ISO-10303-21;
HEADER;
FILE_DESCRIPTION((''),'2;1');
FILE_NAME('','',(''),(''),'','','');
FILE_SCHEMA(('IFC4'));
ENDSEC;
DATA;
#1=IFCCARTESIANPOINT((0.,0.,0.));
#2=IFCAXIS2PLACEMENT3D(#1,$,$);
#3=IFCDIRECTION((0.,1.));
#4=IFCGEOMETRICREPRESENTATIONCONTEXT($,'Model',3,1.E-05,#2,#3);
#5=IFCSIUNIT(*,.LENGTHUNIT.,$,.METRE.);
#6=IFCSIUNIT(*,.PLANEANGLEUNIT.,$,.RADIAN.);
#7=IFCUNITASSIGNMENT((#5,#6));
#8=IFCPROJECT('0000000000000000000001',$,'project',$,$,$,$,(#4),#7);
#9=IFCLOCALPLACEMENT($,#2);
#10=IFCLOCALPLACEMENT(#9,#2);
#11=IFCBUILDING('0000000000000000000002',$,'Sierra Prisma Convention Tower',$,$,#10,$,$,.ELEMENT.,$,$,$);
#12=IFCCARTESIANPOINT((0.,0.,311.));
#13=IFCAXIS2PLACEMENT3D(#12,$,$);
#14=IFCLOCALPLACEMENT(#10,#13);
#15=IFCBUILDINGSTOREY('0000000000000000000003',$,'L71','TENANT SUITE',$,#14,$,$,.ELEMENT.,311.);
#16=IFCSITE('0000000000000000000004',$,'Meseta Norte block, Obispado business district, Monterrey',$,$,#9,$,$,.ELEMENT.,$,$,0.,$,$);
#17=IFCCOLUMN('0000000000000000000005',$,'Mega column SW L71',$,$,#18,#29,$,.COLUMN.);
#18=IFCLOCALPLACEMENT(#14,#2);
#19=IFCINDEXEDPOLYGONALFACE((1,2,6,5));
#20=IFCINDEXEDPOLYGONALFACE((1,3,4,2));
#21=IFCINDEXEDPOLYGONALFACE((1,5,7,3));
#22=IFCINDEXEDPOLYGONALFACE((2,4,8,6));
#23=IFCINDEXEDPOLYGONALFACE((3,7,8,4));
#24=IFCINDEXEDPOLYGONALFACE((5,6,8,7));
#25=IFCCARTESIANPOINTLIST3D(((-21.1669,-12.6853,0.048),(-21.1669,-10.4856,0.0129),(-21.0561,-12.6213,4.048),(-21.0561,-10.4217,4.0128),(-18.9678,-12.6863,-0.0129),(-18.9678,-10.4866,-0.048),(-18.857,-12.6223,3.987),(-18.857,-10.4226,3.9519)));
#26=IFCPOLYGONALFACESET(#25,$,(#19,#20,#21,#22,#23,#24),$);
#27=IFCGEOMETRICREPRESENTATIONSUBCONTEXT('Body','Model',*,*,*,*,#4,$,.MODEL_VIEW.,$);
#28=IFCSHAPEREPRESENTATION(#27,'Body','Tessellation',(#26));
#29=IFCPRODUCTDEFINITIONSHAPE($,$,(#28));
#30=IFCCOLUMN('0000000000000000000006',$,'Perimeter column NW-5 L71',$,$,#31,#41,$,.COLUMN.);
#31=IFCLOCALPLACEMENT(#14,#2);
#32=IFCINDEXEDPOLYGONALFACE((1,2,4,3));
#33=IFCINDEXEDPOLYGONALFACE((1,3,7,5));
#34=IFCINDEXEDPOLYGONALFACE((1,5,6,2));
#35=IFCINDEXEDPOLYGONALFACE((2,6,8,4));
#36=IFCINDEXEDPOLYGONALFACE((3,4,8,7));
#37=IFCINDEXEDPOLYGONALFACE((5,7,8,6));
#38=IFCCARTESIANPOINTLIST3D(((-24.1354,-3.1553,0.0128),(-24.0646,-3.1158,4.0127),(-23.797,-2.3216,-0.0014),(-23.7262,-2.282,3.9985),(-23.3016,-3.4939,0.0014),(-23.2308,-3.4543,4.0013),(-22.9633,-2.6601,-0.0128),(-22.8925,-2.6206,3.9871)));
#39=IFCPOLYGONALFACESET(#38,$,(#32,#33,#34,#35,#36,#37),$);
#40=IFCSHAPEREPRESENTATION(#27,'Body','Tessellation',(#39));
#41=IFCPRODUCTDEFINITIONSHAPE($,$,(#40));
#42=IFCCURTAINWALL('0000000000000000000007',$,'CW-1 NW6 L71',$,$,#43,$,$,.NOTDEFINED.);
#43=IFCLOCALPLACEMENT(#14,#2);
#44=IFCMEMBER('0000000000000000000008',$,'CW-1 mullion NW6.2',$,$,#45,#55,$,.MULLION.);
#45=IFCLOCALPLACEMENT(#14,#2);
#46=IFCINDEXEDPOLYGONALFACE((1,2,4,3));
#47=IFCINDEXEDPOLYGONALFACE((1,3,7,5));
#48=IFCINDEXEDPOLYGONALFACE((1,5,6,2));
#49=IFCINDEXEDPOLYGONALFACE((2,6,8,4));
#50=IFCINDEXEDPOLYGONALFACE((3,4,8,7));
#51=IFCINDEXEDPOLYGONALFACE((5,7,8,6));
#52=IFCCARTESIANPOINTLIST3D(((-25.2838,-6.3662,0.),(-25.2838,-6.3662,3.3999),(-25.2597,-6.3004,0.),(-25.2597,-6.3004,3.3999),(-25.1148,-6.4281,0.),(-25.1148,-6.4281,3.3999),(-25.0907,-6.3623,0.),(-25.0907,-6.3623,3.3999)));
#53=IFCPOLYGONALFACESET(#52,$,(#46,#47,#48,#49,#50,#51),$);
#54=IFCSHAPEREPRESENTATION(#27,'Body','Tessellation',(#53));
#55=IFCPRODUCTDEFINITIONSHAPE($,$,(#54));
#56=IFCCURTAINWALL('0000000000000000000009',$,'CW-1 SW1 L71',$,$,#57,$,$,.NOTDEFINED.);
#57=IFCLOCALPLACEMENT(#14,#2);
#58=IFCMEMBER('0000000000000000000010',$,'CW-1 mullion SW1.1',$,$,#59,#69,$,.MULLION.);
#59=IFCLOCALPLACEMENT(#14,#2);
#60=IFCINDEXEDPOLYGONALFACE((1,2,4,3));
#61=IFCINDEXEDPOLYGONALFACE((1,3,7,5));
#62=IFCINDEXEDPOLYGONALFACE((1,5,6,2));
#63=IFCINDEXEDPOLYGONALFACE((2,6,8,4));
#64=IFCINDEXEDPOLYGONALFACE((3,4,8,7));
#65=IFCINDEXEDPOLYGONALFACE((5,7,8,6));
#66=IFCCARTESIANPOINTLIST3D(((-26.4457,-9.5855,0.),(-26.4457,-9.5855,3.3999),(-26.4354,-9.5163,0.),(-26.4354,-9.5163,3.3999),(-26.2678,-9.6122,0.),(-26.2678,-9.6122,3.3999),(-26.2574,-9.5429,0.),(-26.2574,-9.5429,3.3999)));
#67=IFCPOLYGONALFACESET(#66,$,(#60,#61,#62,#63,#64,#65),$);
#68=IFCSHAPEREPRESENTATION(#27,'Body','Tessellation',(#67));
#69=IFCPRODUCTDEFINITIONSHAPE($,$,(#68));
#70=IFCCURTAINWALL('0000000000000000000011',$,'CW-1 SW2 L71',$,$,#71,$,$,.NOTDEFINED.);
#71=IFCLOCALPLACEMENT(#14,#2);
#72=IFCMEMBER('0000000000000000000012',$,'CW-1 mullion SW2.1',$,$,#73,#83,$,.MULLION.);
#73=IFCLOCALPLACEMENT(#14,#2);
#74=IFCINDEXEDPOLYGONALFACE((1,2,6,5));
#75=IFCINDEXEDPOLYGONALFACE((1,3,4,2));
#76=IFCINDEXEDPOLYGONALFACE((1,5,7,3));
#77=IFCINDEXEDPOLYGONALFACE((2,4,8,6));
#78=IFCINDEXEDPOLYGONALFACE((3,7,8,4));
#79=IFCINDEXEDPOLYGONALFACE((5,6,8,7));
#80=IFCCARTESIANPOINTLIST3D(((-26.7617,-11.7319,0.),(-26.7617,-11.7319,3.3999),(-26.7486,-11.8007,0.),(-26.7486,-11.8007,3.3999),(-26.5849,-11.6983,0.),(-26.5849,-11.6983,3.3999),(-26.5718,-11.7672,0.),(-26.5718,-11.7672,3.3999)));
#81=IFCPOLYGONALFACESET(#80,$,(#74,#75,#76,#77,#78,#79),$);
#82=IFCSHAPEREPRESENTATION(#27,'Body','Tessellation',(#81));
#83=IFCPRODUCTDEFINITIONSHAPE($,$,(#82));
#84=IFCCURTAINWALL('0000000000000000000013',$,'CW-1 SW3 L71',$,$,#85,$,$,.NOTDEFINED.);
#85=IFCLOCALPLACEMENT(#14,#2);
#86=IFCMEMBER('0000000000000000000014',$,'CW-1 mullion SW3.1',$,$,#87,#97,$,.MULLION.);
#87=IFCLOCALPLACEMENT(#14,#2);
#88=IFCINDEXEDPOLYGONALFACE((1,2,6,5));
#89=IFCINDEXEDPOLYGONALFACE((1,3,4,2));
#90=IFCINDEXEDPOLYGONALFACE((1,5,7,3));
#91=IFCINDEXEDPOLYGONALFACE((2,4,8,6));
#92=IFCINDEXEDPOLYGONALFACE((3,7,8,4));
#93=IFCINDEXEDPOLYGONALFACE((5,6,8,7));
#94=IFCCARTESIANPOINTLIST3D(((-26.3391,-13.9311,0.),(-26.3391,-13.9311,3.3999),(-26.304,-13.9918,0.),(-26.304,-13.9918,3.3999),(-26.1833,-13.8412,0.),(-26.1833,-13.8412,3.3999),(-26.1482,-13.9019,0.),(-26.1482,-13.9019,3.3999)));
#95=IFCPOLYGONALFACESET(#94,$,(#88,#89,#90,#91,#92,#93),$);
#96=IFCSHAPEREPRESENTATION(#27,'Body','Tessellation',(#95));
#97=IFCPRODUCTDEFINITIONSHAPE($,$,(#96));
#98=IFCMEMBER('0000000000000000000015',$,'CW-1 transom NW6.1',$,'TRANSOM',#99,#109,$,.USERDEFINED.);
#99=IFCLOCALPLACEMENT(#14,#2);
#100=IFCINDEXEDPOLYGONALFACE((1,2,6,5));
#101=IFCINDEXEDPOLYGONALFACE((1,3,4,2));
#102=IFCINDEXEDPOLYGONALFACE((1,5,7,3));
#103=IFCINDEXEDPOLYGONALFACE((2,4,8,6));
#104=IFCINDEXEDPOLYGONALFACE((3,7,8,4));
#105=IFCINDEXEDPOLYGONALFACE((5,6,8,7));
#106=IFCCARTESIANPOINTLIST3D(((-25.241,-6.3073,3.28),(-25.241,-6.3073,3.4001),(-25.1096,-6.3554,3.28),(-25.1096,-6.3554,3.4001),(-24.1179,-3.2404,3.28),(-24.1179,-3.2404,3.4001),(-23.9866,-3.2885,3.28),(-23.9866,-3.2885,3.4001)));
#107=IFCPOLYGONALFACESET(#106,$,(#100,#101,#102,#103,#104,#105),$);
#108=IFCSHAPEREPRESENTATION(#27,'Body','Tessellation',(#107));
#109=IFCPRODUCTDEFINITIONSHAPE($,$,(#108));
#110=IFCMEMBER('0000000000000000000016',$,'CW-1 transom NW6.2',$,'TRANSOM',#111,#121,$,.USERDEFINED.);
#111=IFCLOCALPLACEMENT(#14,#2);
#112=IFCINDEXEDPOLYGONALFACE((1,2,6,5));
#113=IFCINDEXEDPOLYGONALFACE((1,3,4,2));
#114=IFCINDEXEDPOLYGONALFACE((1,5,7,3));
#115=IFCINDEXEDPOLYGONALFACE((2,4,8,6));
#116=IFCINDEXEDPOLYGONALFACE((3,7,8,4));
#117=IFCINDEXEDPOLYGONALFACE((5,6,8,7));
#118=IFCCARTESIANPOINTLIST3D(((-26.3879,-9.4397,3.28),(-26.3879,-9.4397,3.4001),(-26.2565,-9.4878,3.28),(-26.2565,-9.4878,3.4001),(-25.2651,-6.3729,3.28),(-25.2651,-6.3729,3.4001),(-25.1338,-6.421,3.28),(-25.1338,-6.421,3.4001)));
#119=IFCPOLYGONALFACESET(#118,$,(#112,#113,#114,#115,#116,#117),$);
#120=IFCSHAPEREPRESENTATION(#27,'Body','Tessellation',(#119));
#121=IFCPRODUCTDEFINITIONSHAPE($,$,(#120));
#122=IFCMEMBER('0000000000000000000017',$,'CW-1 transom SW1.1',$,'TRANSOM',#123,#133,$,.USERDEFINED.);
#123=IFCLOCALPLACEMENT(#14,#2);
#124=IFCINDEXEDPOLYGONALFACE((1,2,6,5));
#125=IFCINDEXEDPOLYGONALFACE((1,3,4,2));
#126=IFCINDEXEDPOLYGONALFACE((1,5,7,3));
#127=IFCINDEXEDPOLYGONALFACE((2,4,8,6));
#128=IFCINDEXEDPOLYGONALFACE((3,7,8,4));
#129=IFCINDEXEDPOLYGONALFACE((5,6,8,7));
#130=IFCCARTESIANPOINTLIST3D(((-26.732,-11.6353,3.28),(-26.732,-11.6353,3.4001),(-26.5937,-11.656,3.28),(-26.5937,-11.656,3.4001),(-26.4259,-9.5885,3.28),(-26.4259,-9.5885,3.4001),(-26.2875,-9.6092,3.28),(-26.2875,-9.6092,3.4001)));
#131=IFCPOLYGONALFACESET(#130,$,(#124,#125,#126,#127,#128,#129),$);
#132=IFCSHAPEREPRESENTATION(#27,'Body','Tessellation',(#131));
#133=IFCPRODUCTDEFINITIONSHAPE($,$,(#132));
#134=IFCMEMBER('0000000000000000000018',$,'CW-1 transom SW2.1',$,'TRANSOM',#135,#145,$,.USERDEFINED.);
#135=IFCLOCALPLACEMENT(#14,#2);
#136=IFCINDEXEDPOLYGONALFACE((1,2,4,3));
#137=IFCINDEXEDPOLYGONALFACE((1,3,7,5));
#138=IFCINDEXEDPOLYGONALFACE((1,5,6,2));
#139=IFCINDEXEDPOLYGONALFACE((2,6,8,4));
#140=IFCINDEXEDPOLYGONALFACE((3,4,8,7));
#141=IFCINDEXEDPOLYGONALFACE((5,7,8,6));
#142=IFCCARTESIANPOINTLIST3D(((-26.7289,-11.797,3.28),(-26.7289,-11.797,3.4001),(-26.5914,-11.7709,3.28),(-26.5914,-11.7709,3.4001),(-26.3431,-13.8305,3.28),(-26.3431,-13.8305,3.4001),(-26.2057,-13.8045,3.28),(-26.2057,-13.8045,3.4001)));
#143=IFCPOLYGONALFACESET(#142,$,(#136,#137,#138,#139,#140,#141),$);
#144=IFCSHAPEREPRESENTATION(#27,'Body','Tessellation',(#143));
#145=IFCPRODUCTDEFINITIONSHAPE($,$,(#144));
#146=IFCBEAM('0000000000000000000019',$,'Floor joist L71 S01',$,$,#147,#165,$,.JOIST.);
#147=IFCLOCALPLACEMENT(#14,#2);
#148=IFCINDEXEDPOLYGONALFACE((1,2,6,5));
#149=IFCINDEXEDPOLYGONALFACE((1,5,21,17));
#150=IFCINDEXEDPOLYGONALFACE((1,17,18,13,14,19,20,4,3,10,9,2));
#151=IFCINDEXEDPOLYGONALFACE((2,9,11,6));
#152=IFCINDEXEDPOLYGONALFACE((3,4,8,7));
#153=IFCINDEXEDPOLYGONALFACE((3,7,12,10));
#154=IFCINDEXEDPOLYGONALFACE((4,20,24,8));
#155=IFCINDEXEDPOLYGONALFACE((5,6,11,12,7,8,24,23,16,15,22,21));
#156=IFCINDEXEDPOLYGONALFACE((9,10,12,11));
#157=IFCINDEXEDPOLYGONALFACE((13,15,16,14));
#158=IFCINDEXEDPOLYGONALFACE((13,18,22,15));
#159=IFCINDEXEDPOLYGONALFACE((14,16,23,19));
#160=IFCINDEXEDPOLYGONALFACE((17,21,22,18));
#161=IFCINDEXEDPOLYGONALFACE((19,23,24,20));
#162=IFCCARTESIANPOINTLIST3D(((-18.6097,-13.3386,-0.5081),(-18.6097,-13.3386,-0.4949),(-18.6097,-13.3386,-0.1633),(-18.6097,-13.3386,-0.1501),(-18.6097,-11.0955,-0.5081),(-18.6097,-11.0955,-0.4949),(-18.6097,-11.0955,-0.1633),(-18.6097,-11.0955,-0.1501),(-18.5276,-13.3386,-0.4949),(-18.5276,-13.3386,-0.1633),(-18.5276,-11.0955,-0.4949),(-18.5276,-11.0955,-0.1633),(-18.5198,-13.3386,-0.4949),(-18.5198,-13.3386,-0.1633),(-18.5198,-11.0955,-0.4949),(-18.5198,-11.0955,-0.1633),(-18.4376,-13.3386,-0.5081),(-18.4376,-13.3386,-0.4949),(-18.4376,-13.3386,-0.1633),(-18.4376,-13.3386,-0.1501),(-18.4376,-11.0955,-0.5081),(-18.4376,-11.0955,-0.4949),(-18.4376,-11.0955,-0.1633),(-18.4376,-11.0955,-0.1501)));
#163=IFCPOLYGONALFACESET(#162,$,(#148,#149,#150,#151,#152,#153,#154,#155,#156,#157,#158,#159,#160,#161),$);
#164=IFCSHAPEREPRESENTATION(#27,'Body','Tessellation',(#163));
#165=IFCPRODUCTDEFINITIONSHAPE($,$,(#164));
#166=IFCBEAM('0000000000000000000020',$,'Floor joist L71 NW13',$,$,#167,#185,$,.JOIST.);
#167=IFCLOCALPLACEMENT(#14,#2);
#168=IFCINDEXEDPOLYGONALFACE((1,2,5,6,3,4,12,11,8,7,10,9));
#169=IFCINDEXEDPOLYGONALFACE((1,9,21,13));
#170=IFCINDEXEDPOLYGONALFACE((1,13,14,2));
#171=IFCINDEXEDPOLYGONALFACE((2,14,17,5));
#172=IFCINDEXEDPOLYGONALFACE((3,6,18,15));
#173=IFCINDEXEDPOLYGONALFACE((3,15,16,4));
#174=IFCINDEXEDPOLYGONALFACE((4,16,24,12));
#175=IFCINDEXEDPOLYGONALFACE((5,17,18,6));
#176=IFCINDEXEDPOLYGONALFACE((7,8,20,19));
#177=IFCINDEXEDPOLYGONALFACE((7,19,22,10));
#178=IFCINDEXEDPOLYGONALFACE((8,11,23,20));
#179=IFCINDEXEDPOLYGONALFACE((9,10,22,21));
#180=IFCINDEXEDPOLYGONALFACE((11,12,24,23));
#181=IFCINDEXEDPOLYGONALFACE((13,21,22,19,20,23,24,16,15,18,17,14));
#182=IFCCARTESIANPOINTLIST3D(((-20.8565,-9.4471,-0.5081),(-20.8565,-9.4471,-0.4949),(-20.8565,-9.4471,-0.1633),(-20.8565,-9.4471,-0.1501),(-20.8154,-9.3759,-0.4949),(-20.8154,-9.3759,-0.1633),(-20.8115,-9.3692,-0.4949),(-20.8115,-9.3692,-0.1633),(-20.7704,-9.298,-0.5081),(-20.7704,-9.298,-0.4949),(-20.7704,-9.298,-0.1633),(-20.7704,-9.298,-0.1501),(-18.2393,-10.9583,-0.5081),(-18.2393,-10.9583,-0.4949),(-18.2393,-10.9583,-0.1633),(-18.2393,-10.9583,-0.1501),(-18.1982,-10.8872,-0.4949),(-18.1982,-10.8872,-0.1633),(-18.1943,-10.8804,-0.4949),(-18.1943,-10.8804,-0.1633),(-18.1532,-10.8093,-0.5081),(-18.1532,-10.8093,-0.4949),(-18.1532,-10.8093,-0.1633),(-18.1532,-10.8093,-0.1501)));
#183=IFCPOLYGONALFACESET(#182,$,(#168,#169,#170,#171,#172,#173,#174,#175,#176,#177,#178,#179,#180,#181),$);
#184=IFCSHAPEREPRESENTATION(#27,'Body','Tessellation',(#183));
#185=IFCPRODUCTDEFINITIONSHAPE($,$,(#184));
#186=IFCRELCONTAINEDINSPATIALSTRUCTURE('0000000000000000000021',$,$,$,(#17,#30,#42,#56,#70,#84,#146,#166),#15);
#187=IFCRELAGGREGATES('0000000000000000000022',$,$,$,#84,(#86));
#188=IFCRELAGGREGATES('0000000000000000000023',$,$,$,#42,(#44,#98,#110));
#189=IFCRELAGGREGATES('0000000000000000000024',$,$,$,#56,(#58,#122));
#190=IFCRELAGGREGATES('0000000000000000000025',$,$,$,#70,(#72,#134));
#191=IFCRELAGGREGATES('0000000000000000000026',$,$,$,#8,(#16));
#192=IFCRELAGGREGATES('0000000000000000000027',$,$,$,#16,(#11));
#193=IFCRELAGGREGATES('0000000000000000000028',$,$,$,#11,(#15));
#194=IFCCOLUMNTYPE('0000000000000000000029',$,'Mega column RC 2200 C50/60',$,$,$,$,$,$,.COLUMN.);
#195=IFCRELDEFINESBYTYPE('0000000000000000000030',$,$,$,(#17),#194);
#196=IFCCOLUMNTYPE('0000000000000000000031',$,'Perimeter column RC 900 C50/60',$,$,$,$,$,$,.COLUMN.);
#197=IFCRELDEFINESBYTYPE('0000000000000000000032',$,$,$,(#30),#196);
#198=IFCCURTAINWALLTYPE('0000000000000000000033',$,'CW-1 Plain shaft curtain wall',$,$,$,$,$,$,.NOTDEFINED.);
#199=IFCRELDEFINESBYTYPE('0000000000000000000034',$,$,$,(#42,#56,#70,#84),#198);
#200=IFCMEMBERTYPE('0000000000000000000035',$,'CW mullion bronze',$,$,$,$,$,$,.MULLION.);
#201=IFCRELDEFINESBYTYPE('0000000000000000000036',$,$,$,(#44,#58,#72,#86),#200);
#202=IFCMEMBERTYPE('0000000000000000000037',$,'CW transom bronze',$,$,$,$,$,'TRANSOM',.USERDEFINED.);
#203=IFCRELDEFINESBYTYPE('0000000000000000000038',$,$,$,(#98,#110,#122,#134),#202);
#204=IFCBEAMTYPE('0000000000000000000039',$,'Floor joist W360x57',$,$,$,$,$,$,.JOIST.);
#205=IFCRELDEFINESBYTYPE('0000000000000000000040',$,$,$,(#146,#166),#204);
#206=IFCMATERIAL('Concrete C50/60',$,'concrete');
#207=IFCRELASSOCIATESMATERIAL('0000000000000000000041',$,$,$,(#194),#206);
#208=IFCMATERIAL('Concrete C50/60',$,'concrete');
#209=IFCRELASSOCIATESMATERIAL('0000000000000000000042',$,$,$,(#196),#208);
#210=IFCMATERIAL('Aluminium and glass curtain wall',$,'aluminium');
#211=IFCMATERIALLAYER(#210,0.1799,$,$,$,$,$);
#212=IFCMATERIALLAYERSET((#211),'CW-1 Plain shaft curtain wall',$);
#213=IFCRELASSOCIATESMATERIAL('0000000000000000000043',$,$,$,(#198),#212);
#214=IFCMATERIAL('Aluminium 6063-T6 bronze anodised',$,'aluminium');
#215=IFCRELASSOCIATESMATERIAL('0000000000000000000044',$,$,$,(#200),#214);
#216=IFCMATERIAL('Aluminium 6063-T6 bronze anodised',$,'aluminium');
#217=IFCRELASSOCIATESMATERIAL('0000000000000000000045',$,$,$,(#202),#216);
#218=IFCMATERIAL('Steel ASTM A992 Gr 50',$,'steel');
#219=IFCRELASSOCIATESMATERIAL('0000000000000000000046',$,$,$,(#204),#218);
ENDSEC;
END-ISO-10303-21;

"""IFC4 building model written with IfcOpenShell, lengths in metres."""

from ifc_helpers import new_model, si_unit, direction, frame, origin, origin_2d, place, context, subcontext, project, spatial, rectangle, i_section, extrude, material, layer, layer_set, material_profile, profile_set, type_object, element, aggregate, save


model = new_model("IFC4")

# Units and contexts
model_context = context("Model", 3, precision=1e-05, world=origin(), true_north=direction((0.0, 1.0)))
body_context = subcontext(model_context, "Body", "Model", "MODEL_VIEW")
ifc_project = project(units=[si_unit("LENGTHUNIT", "METRE"), si_unit("PLANEANGLEUNIT", "RADIAN")], contexts=[model_context])

# Site, building, storey
site_placement = place(None, origin())
site = spatial("IfcSite", under=ifc_project, at=site_placement, Name="Meseta Norte block, Obispado business district, Monterrey", CompositionType="ELEMENT", RefElevation=0.0)
building_placement = place(site_placement, origin())
building = spatial("IfcBuilding", under=site, at=building_placement, Name="Sierra Prisma Convention Tower", CompositionType="ELEMENT")
storey_placement = place(building_placement, frame((0.0, 0.0, 311.0)))
storey = spatial("IfcBuildingStorey", under=building, at=storey_placement, Name="L71", Description="TENANT SUITE", CompositionType="ELEMENT", Elevation=311.0)

# Columns
ifc_material_1 = material(Name="Concrete C50/60", Category="concrete")
ifc_material_profile_1 = material_profile(ifc_material_1, rectangle(XDim=2.2, YDim=2.2, at=origin_2d()), Name="Mega column RC 2200 C50/60")
ifc_profile_set_1 = profile_set([ifc_material_profile_1], Name="Concrete C50/60")
column_type_1 = type_object("IfcColumnType", Name="Mega column RC 2200 C50/60", PredefinedType="COLUMN", material=ifc_profile_set_1)
column_1_placement = place(storey_placement, frame((-20.0674, -11.5859, 0.0), z_axis=(0.027696, 0.015983, 0.999489), x_axis=(0.999616, -0.000443, -0.027692)))
element("IfcColumn", 1, at=column_1_placement, inside=storey, type_object=column_type_1, Name="Mega column SW L71", PredefinedType="COLUMN", context=body_context, shape_type="SweptSolid", body=[
    extrude(rectangle(XDim=2.2, YDim=2.2, at=origin_2d()), origin(), (0.0, 0.0, 1.0), 4.002),
])
ifc_material_2 = material(Name="Concrete C50/60", Category="concrete")
ifc_material_profile_2 = material_profile(ifc_material_2, rectangle(XDim=0.8999, YDim=0.8999, at=origin_2d()), Name="Perimeter column RC 900 C50/60")
ifc_profile_set_2 = profile_set([ifc_material_profile_2], Name="Concrete C50/60")
column_type_2 = type_object("IfcColumnType", Name="Perimeter column RC 900 C50/60", PredefinedType="COLUMN", material=ifc_profile_set_2)
column_2_placement = place(storey_placement, frame((-23.5493, -2.9077, 0.0), z_axis=(0.017697, 0.009886, 0.999795), x_axis=(0.375989, 0.926489, -0.015816)))
element("IfcColumn", 2, at=column_2_placement, inside=storey, type_object=column_type_2, Name="Perimeter column NW-5 L71", PredefinedType="COLUMN", context=body_context, shape_type="SweptSolid", body=[
    extrude(rectangle(XDim=0.8999, YDim=0.8999, at=origin_2d()), origin(), (0.0, 0.0, 1.0), 4.0007),
])

# Curtain walls, members
ifc_material_3 = material(Name="Aluminium and glass curtain wall", Category="aluminium")
ifc_layer_1 = layer(ifc_material_3, 0.1799)
ifc_layer_set_1 = layer_set([ifc_layer_1], Name="CW-1 Plain shaft curtain wall")
curtain_wall_type = type_object("IfcCurtainWallType", Name="CW-1 Plain shaft curtain wall", PredefinedType="NOTDEFINED", material=ifc_layer_set_1)
curtain_wall_1_placement = place(storey_placement, origin())
curtain_wall_1 = element("IfcCurtainWall", 3, at=curtain_wall_1_placement, inside=storey, type_object=curtain_wall_type, Name="CW-1 NW6 L71", PredefinedType="NOTDEFINED")
ifc_material_4 = material(Name="Aluminium 6063-T6 bronze anodised", Category="aluminium")
ifc_material_profile_3 = material_profile(ifc_material_4, rectangle(XDim=0.1799, YDim=0.0701, at=origin_2d()), Name="ALU MULLION 70x180")
ifc_profile_set_3 = profile_set([ifc_material_profile_3], Name="Aluminium 6063-T6 bronze anodised")
member_type_1 = type_object("IfcMemberType", Name="CW mullion bronze", PredefinedType="MULLION", material=ifc_profile_set_3)
member_1_placement = place(storey_placement, frame((-25.1873, -6.3643, 0.0), z_axis=(0.0, 0.0, 1.0), x_axis=(0.939026, -0.343847, 0.0)))
member_1 = element("IfcMember", 4, at=member_1_placement, type_object=member_type_1, Name="CW-1 mullion NW6.2", PredefinedType="MULLION", context=body_context, shape_type="SweptSolid", body=[
    extrude(rectangle(XDim=0.1799, YDim=0.0701, at=origin_2d()), origin(), (0.0, 0.0, 1.0), 3.3999),
])
curtain_wall_2_placement = place(storey_placement, origin())
curtain_wall_2 = element("IfcCurtainWall", 5, at=curtain_wall_2_placement, inside=storey, type_object=curtain_wall_type, Name="CW-1 SW1 L71", PredefinedType="NOTDEFINED")
member_2_placement = place(storey_placement, frame((-26.3516, -9.5642, 0.0), z_axis=(0.0, 0.0, 1.0), x_axis=(0.988998, -0.147929, 0.0)))
member_2 = element("IfcMember", 6, at=member_2_placement, type_object=member_type_1, Name="CW-1 mullion SW1.1", PredefinedType="MULLION", context=body_context, shape_type="SweptSolid", body=[
    extrude(rectangle(XDim=0.1799, YDim=0.0701, at=origin_2d()), origin(), (0.0, 0.0, 1.0), 3.3999),
])
curtain_wall_3_placement = place(storey_placement, origin())
curtain_wall_3 = element("IfcCurtainWall", 7, at=curtain_wall_3_placement, inside=storey, type_object=curtain_wall_type, Name="CW-1 SW2 L71", PredefinedType="NOTDEFINED")
member_3_placement = place(storey_placement, frame((-26.6667, -11.7495, 0.0), z_axis=(0.0, 0.0, 1.0), x_axis=(0.982462, 0.186464, 0.0)))
member_3 = element("IfcMember", 8, at=member_3_placement, type_object=member_type_1, Name="CW-1 mullion SW2.1", PredefinedType="MULLION", context=body_context, shape_type="SweptSolid", body=[
    extrude(rectangle(XDim=0.1799, YDim=0.0701, at=origin_2d()), origin(), (0.0, 0.0, 1.0), 3.3999),
])
curtain_wall_4_placement = place(storey_placement, origin())
curtain_wall_4 = element("IfcCurtainWall", 9, at=curtain_wall_4_placement, inside=storey, type_object=curtain_wall_type, Name="CW-1 SW3 L71", PredefinedType="NOTDEFINED")
member_4_placement = place(storey_placement, frame((-26.2437, -13.9165, 0.0), z_axis=(0.0, 0.0, 1.0), x_axis=(0.866025, 0.5, 0.0)))
member_4 = element("IfcMember", 10, at=member_4_placement, type_object=member_type_1, Name="CW-1 mullion SW3.1", PredefinedType="MULLION", context=body_context, shape_type="SweptSolid", body=[
    extrude(rectangle(XDim=0.1799, YDim=0.0701, at=origin_2d()), origin(), (0.0, 0.0, 1.0), 3.3999),
])
aggregate(curtain_wall_4, [member_4])

# Members
ifc_material_5 = material(Name="Aluminium 6063-T6 bronze anodised", Category="aluminium")
ifc_material_profile_4 = material_profile(ifc_material_5, rectangle(XDim=0.1399, YDim=0.1201, at=origin_2d()), Name="ALU TRANSOM 120x140")
ifc_profile_set_4 = profile_set([ifc_material_profile_4], Name="Aluminium 6063-T6 bronze anodised")
member_type_2 = type_object("IfcMemberType", Name="CW transom bronze", ElementType="TRANSOM", PredefinedType="USERDEFINED", material=ifc_profile_set_4)
member_5_placement = place(storey_placement, frame((-24.0522, -3.2644, 3.3401), z_axis=(-0.343855, -0.939023, 0.0), x_axis=(0.939023, -0.343855, 0.0)))
member_5 = element("IfcMember", 11, at=member_5_placement, type_object=member_type_2, Name="CW-1 transom NW6.1", ObjectType="TRANSOM", PredefinedType="USERDEFINED", context=body_context, shape_type="SweptSolid", body=[
    extrude(rectangle(XDim=0.1399, YDim=0.1201, at=origin_2d()), origin(), (0.0, 0.0, 1.0), 3.2661),
])
member_6_placement = place(storey_placement, frame((-25.1995, -6.397, 3.3401), z_axis=(-0.343789, -0.939047, 0.0), x_axis=(0.939047, -0.343789, 0.0)))
member_6 = element("IfcMember", 12, at=member_6_placement, type_object=member_type_2, Name="CW-1 transom NW6.2", ObjectType="TRANSOM", PredefinedType="USERDEFINED", context=body_context, shape_type="SweptSolid", body=[
    extrude(rectangle(XDim=0.1399, YDim=0.1201, at=origin_2d()), origin(), (0.0, 0.0, 1.0), 3.2659),
])
member_7_placement = place(storey_placement, frame((-26.3567, -9.5989, 3.3401), z_axis=(-0.147925, -0.988999, 0.0), x_axis=(0.988999, -0.147925, 0.0)))
member_7 = element("IfcMember", 13, at=member_7_placement, type_object=member_type_2, Name="CW-1 transom SW1.1", ObjectType="TRANSOM", PredefinedType="USERDEFINED", context=body_context, shape_type="SweptSolid", body=[
    extrude(rectangle(XDim=0.1399, YDim=0.1201, at=origin_2d()), origin(), (0.0, 0.0, 1.0), 2.0696),
])
member_8_placement = place(storey_placement, frame((-26.6602, -11.7839, 3.3401), z_axis=(0.186375, -0.982479, 0.0), x_axis=(0.982479, 0.186375, 0.0)))
member_8 = element("IfcMember", 14, at=member_8_placement, type_object=member_type_2, Name="CW-1 transom SW2.1", ObjectType="TRANSOM", PredefinedType="USERDEFINED", context=body_context, shape_type="SweptSolid", body=[
    extrude(rectangle(XDim=0.1399, YDim=0.1201, at=origin_2d()), origin(), (0.0, 0.0, 1.0), 2.0698),
])

# Beams
ifc_material_6 = material(Name="Steel ASTM A992 Gr 50", Category="steel")
ifc_material_profile_5 = material_profile(ifc_material_6, i_section(OverallWidth=0.1721, OverallDepth=0.3579, WebThickness=0.0078, FlangeThickness=0.0132, at=origin_2d()), Name="W360x57")
ifc_profile_set_5 = profile_set([ifc_material_profile_5], Name="Steel ASTM A992 Gr 50")
beam_type_1 = type_object("IfcBeamType", Name="Floor joist W360x57", PredefinedType="JOIST", material=ifc_profile_set_5)
beam_1_placement = place(storey_placement, frame((-18.5237, -13.3386, -0.3291), z_axis=(0.0, 1.0, 0.0), x_axis=(-1.0, 0.0, 0.0)))
element("IfcBeam", 15, at=beam_1_placement, inside=storey, type_object=beam_type_1, Name="Floor joist L71 S01", PredefinedType="JOIST", context=body_context, shape_type="SweptSolid", body=[
    extrude(i_section(OverallWidth=0.1721, OverallDepth=0.3579, WebThickness=0.0078, FlangeThickness=0.0132, at=origin_2d()), origin(), (0.0, 0.0, 1.0), 2.2432),
])
beam_2_placement = place(storey_placement, frame((-20.8135, -9.3726, -0.3291), z_axis=(0.865997, -0.500049, 0.0), x_axis=(0.500049, 0.865997, 0.0)))
element("IfcBeam", 16, at=beam_2_placement, inside=storey, type_object=beam_type_1, Name="Floor joist L71 NW13", PredefinedType="JOIST", context=body_context, shape_type="SweptSolid", body=[
    extrude(i_section(OverallWidth=0.1721, OverallDepth=0.3579, WebThickness=0.0078, FlangeThickness=0.0132, at=origin_2d()), origin(), (0.0, 0.0, 1.0), 3.0222),
])

aggregate(curtain_wall_1, [member_1, member_5, member_6])
aggregate(curtain_wall_2, [member_2, member_7])
aggregate(curtain_wall_3, [member_3, member_8])

save(model, "model.ifc")
